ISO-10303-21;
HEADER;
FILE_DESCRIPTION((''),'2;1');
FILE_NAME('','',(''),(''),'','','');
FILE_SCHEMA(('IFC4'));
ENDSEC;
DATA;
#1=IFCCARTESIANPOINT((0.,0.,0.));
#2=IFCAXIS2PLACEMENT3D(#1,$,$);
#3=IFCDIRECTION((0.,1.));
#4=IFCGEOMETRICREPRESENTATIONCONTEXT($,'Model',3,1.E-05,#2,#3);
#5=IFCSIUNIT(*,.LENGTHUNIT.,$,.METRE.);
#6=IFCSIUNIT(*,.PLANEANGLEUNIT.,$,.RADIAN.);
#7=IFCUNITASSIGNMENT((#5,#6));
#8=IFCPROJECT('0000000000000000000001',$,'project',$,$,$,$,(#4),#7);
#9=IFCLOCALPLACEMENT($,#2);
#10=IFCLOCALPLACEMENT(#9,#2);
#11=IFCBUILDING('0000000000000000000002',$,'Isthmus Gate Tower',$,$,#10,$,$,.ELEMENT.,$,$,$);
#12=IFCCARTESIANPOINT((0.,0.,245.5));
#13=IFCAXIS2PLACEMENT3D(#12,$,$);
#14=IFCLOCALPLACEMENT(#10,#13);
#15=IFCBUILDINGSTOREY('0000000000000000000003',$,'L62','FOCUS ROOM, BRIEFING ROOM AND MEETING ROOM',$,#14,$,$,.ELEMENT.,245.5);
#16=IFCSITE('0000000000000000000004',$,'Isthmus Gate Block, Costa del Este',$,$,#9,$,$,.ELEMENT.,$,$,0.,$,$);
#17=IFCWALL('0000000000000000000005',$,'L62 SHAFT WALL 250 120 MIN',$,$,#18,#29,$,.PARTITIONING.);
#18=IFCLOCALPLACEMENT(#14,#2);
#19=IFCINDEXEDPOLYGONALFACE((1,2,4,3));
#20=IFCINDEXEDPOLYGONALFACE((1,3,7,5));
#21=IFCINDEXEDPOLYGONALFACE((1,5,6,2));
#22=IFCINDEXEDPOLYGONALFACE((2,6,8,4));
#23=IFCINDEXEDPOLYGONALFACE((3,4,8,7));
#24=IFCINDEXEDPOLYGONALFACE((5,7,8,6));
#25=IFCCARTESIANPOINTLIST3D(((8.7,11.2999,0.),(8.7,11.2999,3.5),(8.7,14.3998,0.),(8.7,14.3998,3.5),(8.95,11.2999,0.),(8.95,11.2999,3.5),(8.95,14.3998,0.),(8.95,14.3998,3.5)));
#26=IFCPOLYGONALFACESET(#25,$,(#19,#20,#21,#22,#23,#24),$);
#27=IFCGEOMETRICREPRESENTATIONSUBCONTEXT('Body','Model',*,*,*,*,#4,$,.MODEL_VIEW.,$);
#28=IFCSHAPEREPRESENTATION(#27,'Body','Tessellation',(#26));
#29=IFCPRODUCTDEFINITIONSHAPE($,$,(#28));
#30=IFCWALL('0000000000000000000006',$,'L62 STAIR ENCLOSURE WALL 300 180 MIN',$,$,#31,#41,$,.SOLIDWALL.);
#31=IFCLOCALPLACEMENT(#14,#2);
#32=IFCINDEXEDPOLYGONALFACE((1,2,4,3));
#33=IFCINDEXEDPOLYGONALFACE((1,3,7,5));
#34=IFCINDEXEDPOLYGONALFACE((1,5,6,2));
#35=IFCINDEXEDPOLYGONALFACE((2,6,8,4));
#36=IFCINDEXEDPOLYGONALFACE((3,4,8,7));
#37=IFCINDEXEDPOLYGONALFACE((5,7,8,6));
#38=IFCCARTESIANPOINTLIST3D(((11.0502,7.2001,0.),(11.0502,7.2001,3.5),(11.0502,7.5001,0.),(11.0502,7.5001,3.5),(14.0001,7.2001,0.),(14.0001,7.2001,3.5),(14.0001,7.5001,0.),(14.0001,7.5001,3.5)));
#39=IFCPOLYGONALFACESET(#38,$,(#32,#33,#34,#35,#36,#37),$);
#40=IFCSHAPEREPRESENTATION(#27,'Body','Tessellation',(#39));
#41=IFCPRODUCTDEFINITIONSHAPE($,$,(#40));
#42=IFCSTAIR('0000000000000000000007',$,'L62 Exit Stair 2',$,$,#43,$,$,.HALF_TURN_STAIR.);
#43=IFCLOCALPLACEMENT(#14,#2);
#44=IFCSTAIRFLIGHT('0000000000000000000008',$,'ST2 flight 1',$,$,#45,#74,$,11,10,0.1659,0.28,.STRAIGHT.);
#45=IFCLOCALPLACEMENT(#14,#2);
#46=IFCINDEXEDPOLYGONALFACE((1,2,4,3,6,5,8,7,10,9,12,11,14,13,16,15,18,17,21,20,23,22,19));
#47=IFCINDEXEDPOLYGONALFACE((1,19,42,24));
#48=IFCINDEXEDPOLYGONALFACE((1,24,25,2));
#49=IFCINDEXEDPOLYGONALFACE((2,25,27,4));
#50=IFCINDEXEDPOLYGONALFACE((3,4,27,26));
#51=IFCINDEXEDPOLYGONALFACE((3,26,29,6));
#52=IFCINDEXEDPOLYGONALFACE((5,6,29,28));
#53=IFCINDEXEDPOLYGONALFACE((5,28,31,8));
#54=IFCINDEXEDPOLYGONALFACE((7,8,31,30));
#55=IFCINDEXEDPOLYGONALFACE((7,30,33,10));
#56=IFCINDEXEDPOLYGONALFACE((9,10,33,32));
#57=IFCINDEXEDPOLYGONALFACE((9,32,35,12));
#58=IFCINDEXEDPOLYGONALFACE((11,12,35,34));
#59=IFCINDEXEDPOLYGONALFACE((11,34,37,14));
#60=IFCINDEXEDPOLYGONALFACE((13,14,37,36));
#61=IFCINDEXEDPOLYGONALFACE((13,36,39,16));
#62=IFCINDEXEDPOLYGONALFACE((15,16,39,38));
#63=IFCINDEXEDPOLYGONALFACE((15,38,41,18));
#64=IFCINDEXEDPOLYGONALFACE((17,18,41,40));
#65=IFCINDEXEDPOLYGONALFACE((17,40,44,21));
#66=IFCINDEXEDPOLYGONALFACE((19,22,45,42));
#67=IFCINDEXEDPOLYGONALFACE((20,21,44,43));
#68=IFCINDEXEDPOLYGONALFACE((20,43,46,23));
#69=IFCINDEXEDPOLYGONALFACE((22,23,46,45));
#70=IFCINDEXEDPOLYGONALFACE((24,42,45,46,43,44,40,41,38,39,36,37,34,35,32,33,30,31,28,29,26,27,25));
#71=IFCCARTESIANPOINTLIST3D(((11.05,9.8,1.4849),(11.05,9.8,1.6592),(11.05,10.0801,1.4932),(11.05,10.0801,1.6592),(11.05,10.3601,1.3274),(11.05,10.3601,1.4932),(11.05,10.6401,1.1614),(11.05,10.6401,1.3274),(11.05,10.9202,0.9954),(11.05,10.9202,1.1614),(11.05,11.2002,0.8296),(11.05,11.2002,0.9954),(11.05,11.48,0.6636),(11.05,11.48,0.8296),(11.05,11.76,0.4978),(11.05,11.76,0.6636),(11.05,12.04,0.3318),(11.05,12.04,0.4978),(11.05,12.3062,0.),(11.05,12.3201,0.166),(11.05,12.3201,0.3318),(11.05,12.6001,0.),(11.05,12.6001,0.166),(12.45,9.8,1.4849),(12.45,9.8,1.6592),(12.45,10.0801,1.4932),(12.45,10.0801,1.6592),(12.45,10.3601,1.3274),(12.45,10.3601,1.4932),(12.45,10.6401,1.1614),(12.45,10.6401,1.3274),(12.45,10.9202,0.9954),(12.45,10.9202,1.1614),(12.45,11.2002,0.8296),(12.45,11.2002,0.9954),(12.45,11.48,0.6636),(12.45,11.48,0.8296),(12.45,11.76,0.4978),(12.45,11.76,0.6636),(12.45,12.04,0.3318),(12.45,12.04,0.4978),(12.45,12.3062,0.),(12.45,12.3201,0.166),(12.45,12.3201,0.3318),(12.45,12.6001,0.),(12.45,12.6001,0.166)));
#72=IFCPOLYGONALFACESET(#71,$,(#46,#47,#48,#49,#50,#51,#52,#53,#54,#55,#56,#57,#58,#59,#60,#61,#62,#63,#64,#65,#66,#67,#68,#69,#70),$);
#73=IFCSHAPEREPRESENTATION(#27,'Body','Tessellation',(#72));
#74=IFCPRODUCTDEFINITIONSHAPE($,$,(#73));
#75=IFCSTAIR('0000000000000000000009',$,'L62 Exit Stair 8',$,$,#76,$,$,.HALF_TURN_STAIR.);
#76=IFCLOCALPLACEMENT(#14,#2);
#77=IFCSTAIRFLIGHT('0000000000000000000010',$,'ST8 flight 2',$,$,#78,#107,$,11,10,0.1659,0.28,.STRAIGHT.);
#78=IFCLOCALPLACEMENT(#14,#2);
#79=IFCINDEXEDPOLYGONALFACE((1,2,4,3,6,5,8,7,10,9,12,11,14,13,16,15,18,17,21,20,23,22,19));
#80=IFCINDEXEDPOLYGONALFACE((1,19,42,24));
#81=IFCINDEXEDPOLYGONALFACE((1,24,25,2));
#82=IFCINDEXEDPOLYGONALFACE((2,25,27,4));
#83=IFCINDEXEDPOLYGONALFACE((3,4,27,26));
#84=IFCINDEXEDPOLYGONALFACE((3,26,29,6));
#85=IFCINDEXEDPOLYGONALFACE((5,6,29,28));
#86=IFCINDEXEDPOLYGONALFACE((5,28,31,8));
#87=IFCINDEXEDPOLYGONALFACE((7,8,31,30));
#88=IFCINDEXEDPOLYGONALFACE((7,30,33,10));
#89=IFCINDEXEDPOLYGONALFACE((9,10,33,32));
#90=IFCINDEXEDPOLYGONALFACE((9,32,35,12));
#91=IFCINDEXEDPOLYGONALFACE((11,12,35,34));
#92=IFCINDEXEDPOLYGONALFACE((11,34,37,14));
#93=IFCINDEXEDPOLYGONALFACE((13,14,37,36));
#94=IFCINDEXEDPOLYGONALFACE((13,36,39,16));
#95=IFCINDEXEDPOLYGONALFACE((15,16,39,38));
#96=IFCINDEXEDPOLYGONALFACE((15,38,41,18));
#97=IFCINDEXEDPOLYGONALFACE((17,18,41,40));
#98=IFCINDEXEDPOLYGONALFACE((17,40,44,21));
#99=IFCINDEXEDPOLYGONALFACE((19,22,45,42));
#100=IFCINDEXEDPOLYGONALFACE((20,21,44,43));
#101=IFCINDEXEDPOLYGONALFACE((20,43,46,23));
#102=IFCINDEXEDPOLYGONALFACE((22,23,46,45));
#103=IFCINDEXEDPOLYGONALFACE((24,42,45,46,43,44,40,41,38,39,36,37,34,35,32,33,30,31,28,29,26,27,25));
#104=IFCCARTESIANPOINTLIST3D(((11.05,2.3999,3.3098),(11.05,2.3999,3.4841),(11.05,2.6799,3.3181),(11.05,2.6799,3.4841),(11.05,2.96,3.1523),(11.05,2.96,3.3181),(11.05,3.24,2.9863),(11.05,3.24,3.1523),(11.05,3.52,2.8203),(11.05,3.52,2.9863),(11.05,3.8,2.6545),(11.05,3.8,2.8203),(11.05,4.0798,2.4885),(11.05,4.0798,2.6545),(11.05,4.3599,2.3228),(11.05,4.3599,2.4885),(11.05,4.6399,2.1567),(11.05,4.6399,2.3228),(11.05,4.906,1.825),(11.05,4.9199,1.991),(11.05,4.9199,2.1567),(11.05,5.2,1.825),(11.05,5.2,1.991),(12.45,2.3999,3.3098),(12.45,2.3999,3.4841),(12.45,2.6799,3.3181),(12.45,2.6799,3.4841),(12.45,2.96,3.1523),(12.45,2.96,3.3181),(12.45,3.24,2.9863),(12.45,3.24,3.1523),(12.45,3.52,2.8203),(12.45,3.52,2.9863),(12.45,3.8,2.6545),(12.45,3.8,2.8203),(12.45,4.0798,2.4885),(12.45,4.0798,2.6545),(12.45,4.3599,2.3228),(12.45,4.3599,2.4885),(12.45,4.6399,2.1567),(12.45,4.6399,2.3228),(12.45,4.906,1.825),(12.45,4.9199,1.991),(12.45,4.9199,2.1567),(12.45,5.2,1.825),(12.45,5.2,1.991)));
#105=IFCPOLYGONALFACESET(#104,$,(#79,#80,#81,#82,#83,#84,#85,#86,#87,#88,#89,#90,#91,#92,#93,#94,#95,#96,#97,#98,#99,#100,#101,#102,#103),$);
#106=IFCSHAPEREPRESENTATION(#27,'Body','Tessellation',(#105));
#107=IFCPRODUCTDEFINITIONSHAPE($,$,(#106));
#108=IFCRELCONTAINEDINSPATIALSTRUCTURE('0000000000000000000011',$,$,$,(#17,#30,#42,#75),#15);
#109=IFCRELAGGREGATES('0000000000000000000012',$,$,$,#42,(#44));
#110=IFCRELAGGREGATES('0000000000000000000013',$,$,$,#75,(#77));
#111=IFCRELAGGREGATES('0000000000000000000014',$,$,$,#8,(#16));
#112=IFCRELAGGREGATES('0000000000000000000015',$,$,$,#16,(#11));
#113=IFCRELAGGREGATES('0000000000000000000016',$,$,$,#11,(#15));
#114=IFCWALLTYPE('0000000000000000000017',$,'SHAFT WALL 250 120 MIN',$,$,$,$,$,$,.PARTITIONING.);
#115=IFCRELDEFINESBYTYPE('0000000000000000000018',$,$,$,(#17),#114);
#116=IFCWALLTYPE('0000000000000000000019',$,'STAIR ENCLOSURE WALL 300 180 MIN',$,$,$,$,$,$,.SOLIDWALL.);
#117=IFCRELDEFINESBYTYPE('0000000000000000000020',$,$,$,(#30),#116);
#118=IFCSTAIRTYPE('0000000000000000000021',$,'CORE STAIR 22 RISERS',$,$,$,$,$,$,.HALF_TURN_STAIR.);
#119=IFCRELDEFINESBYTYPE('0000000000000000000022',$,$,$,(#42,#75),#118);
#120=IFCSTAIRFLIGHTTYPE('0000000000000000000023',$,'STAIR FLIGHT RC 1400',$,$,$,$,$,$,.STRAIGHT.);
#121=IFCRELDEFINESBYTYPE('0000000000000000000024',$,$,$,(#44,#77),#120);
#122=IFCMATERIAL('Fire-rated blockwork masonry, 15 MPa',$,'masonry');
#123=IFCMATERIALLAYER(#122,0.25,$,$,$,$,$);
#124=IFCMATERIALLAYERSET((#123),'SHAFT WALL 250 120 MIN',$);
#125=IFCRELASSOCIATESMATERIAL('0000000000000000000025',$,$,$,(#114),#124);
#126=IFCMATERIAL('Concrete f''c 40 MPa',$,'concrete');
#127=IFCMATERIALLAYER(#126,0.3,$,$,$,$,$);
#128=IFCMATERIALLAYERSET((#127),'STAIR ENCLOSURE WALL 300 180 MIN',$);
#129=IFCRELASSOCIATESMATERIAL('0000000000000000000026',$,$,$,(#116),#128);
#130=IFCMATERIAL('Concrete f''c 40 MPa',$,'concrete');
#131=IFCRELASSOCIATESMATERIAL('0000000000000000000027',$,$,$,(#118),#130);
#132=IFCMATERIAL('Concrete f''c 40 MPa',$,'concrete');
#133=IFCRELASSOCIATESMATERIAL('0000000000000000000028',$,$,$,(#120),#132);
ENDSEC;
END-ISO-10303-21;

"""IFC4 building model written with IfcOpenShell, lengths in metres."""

from ifc_helpers import new_model, si_unit, direction, frame, frame_2d, origin, place, context, subcontext, project, spatial, polyline, rectangle, outline, extrude, material, layer, layer_set, type_object, element, aggregate, save


model = new_model("IFC4")

# Units and contexts
model_context = context("Model", 3, precision=1e-05, world=origin(), true_north=direction((0.0, 1.0)))
body_context = subcontext(model_context, "Body", "Model", "MODEL_VIEW")
ifc_project = project(units=[si_unit("LENGTHUNIT", "METRE"), si_unit("PLANEANGLEUNIT", "RADIAN")], contexts=[model_context])

# Site, building, storey
site_placement = place(None, origin())
site = spatial("IfcSite", under=ifc_project, at=site_placement, Name="Isthmus Gate Block, Costa del Este", CompositionType="ELEMENT", RefElevation=0.0)
building_placement = place(site_placement, origin())
building = spatial("IfcBuilding", under=site, at=building_placement, Name="Isthmus Gate Tower", CompositionType="ELEMENT")
storey_placement = place(building_placement, frame((0.0, 0.0, 245.5)))
storey = spatial("IfcBuildingStorey", under=building, at=storey_placement, Name="L62", Description="FOCUS ROOM, BRIEFING ROOM AND MEETING ROOM", CompositionType="ELEMENT", Elevation=245.5)

# Walls
ifc_material_1 = material(Name="Fire-rated blockwork masonry, 15 MPa", Category="masonry")
ifc_layer_1 = layer(ifc_material_1, 0.25)
ifc_layer_set_1 = layer_set([ifc_layer_1], Name="SHAFT WALL 250 120 MIN")
wall_type_1 = type_object("IfcWallType", Name="SHAFT WALL 250 120 MIN", PredefinedType="PARTITIONING", material=ifc_layer_set_1)
for number, where, z_axis, x_axis, name in (
    (1, (8.825, 11.3, 0.0), (0.0, 0.0, 1.0), (0.0, 1.0, 0.0), "L62 SHAFT WALL 250 120 MIN"),
):
    element("IfcWall", number, at=place(storey_placement, frame(where, z_axis=z_axis, x_axis=x_axis)), inside=storey, type_object=wall_type_1, Name=name, PredefinedType="PARTITIONING", context=body_context, shape_type="SweptSolid", body=[
        extrude(rectangle(XDim=3.0999, YDim=0.25, at=frame_2d((1.5498, 0.0))), origin(), (0.0, 0.0, 1.0), 3.5),
    ])
ifc_material_2 = material(Name="Concrete f'c 40 MPa", Category="concrete")
ifc_layer_2 = layer(ifc_material_2, 0.3)
ifc_layer_set_2 = layer_set([ifc_layer_2], Name="STAIR ENCLOSURE WALL 300 180 MIN")
wall_type_2 = type_object("IfcWallType", Name="STAIR ENCLOSURE WALL 300 180 MIN", PredefinedType="SOLIDWALL", material=ifc_layer_set_2)
wall_1_placement = place(storey_placement, frame((11.05, 7.3501, 0.0), z_axis=(0.0, 0.0, 1.0), x_axis=(1.0, 0.0, 0.0)))
element("IfcWall", 2, at=wall_1_placement, inside=storey, type_object=wall_type_2, Name="L62 STAIR ENCLOSURE WALL 300 180 MIN", PredefinedType="SOLIDWALL", context=body_context, shape_type="SweptSolid", body=[
    extrude(rectangle(XDim=2.95, YDim=0.3, at=frame_2d((1.4751, 0.0))), origin(), (0.0, 0.0, 1.0), 3.5),
])

# Stairs, stair flights
ifc_material_3 = material(Name="Concrete f'c 40 MPa", Category="concrete")
stair_type = type_object("IfcStairType", Name="CORE STAIR 22 RISERS", PredefinedType="HALF_TURN_STAIR", material=ifc_material_3)
stair_1_placement = place(storey_placement, origin())
stair_1 = element("IfcStair", 3, at=stair_1_placement, inside=storey, type_object=stair_type, Name="L62 Exit Stair 2", PredefinedType="HALF_TURN_STAIR")
ifc_material_4 = material(Name="Concrete f'c 40 MPa", Category="concrete")
stair_flight_type = type_object("IfcStairFlightType", Name="STAIR FLIGHT RC 1400", PredefinedType="STRAIGHT", material=ifc_material_4)
stair_flight_1_placement = place(storey_placement, frame((11.75, 12.6001, 0.0), z_axis=(0.0, 0.0, 1.0), x_axis=(0.0, -1.0, 0.0)))
stair_flight_1 = element("IfcStairFlight", 4, at=stair_flight_1_placement, type_object=stair_flight_type, Name="ST2 flight 1", NumberOfRisers=11, NumberOfTreads=10, PredefinedType="STRAIGHT", RiserHeight=0.1659, TreadLength=0.28, context=body_context, shape_type="SweptSolid", body=[
    extrude(outline(polyline([(0.0, 0.0), (0.0, 0.166), (0.28, 0.166), (0.28, 0.3318), (0.5601, 0.3318), (0.5601, 0.4978), (0.8401, 0.4978), (0.8401, 0.6636), (1.1201, 0.6636), (1.1201, 0.8296), (1.3999, 0.8296), (1.3999, 0.9954), (1.6799, 0.9954), (1.6799, 1.1614), (1.96, 1.1614), (1.96, 1.3274), (2.24, 1.3274), (2.24, 1.4932), (2.52, 1.4932), (2.52, 1.6592), (2.8, 1.6592), (2.8, 1.825), (2.8, 1.4849), (0.2939, 0.0), (0.0, 0.0)])), frame((0.0, 0.7, 0.0), z_axis=(0.0, -1.0, 0.0), x_axis=(1.0, 0.0, 0.0)), (0.0, 0.0, 1.0), 1.3999),
])
aggregate(stair_1, [stair_flight_1])
stair_2_placement = place(storey_placement, origin())
stair_2 = element("IfcStair", 5, at=stair_2_placement, inside=storey, type_object=stair_type, Name="L62 Exit Stair 8", PredefinedType="HALF_TURN_STAIR")
stair_flight_2_placement = place(storey_placement, frame((11.75, 5.2, 1.825), z_axis=(0.0, 0.0, 1.0), x_axis=(0.0, -1.0, 0.0)))
stair_flight_2 = element("IfcStairFlight", 6, at=stair_flight_2_placement, type_object=stair_flight_type, Name="ST8 flight 2", NumberOfRisers=11, NumberOfTreads=10, PredefinedType="STRAIGHT", RiserHeight=0.1659, TreadLength=0.28, context=body_context, shape_type="SweptSolid", body=[
    extrude(outline(polyline([(0.0, 0.0), (0.0, 0.166), (0.28, 0.166), (0.28, 0.3318), (0.5601, 0.3318), (0.5601, 0.4978), (0.8401, 0.4978), (0.8401, 0.6636), (1.1201, 0.6636), (1.1201, 0.8296), (1.3999, 0.8296), (1.3999, 0.9954), (1.6799, 0.9954), (1.6799, 1.1614), (1.96, 1.1614), (1.96, 1.3274), (2.24, 1.3274), (2.24, 1.4932), (2.52, 1.4932), (2.52, 1.6592), (2.8, 1.6592), (2.8, 1.825), (2.8, 1.4849), (0.2939, 0.0), (0.0, 0.0)])), frame((0.0, 0.7, 0.0), z_axis=(0.0, -1.0, 0.0), x_axis=(1.0, 0.0, 0.0)), (0.0, 0.0, 1.0), 1.3999),
])
aggregate(stair_2, [stair_flight_2])

save(model, "model.ifc")
